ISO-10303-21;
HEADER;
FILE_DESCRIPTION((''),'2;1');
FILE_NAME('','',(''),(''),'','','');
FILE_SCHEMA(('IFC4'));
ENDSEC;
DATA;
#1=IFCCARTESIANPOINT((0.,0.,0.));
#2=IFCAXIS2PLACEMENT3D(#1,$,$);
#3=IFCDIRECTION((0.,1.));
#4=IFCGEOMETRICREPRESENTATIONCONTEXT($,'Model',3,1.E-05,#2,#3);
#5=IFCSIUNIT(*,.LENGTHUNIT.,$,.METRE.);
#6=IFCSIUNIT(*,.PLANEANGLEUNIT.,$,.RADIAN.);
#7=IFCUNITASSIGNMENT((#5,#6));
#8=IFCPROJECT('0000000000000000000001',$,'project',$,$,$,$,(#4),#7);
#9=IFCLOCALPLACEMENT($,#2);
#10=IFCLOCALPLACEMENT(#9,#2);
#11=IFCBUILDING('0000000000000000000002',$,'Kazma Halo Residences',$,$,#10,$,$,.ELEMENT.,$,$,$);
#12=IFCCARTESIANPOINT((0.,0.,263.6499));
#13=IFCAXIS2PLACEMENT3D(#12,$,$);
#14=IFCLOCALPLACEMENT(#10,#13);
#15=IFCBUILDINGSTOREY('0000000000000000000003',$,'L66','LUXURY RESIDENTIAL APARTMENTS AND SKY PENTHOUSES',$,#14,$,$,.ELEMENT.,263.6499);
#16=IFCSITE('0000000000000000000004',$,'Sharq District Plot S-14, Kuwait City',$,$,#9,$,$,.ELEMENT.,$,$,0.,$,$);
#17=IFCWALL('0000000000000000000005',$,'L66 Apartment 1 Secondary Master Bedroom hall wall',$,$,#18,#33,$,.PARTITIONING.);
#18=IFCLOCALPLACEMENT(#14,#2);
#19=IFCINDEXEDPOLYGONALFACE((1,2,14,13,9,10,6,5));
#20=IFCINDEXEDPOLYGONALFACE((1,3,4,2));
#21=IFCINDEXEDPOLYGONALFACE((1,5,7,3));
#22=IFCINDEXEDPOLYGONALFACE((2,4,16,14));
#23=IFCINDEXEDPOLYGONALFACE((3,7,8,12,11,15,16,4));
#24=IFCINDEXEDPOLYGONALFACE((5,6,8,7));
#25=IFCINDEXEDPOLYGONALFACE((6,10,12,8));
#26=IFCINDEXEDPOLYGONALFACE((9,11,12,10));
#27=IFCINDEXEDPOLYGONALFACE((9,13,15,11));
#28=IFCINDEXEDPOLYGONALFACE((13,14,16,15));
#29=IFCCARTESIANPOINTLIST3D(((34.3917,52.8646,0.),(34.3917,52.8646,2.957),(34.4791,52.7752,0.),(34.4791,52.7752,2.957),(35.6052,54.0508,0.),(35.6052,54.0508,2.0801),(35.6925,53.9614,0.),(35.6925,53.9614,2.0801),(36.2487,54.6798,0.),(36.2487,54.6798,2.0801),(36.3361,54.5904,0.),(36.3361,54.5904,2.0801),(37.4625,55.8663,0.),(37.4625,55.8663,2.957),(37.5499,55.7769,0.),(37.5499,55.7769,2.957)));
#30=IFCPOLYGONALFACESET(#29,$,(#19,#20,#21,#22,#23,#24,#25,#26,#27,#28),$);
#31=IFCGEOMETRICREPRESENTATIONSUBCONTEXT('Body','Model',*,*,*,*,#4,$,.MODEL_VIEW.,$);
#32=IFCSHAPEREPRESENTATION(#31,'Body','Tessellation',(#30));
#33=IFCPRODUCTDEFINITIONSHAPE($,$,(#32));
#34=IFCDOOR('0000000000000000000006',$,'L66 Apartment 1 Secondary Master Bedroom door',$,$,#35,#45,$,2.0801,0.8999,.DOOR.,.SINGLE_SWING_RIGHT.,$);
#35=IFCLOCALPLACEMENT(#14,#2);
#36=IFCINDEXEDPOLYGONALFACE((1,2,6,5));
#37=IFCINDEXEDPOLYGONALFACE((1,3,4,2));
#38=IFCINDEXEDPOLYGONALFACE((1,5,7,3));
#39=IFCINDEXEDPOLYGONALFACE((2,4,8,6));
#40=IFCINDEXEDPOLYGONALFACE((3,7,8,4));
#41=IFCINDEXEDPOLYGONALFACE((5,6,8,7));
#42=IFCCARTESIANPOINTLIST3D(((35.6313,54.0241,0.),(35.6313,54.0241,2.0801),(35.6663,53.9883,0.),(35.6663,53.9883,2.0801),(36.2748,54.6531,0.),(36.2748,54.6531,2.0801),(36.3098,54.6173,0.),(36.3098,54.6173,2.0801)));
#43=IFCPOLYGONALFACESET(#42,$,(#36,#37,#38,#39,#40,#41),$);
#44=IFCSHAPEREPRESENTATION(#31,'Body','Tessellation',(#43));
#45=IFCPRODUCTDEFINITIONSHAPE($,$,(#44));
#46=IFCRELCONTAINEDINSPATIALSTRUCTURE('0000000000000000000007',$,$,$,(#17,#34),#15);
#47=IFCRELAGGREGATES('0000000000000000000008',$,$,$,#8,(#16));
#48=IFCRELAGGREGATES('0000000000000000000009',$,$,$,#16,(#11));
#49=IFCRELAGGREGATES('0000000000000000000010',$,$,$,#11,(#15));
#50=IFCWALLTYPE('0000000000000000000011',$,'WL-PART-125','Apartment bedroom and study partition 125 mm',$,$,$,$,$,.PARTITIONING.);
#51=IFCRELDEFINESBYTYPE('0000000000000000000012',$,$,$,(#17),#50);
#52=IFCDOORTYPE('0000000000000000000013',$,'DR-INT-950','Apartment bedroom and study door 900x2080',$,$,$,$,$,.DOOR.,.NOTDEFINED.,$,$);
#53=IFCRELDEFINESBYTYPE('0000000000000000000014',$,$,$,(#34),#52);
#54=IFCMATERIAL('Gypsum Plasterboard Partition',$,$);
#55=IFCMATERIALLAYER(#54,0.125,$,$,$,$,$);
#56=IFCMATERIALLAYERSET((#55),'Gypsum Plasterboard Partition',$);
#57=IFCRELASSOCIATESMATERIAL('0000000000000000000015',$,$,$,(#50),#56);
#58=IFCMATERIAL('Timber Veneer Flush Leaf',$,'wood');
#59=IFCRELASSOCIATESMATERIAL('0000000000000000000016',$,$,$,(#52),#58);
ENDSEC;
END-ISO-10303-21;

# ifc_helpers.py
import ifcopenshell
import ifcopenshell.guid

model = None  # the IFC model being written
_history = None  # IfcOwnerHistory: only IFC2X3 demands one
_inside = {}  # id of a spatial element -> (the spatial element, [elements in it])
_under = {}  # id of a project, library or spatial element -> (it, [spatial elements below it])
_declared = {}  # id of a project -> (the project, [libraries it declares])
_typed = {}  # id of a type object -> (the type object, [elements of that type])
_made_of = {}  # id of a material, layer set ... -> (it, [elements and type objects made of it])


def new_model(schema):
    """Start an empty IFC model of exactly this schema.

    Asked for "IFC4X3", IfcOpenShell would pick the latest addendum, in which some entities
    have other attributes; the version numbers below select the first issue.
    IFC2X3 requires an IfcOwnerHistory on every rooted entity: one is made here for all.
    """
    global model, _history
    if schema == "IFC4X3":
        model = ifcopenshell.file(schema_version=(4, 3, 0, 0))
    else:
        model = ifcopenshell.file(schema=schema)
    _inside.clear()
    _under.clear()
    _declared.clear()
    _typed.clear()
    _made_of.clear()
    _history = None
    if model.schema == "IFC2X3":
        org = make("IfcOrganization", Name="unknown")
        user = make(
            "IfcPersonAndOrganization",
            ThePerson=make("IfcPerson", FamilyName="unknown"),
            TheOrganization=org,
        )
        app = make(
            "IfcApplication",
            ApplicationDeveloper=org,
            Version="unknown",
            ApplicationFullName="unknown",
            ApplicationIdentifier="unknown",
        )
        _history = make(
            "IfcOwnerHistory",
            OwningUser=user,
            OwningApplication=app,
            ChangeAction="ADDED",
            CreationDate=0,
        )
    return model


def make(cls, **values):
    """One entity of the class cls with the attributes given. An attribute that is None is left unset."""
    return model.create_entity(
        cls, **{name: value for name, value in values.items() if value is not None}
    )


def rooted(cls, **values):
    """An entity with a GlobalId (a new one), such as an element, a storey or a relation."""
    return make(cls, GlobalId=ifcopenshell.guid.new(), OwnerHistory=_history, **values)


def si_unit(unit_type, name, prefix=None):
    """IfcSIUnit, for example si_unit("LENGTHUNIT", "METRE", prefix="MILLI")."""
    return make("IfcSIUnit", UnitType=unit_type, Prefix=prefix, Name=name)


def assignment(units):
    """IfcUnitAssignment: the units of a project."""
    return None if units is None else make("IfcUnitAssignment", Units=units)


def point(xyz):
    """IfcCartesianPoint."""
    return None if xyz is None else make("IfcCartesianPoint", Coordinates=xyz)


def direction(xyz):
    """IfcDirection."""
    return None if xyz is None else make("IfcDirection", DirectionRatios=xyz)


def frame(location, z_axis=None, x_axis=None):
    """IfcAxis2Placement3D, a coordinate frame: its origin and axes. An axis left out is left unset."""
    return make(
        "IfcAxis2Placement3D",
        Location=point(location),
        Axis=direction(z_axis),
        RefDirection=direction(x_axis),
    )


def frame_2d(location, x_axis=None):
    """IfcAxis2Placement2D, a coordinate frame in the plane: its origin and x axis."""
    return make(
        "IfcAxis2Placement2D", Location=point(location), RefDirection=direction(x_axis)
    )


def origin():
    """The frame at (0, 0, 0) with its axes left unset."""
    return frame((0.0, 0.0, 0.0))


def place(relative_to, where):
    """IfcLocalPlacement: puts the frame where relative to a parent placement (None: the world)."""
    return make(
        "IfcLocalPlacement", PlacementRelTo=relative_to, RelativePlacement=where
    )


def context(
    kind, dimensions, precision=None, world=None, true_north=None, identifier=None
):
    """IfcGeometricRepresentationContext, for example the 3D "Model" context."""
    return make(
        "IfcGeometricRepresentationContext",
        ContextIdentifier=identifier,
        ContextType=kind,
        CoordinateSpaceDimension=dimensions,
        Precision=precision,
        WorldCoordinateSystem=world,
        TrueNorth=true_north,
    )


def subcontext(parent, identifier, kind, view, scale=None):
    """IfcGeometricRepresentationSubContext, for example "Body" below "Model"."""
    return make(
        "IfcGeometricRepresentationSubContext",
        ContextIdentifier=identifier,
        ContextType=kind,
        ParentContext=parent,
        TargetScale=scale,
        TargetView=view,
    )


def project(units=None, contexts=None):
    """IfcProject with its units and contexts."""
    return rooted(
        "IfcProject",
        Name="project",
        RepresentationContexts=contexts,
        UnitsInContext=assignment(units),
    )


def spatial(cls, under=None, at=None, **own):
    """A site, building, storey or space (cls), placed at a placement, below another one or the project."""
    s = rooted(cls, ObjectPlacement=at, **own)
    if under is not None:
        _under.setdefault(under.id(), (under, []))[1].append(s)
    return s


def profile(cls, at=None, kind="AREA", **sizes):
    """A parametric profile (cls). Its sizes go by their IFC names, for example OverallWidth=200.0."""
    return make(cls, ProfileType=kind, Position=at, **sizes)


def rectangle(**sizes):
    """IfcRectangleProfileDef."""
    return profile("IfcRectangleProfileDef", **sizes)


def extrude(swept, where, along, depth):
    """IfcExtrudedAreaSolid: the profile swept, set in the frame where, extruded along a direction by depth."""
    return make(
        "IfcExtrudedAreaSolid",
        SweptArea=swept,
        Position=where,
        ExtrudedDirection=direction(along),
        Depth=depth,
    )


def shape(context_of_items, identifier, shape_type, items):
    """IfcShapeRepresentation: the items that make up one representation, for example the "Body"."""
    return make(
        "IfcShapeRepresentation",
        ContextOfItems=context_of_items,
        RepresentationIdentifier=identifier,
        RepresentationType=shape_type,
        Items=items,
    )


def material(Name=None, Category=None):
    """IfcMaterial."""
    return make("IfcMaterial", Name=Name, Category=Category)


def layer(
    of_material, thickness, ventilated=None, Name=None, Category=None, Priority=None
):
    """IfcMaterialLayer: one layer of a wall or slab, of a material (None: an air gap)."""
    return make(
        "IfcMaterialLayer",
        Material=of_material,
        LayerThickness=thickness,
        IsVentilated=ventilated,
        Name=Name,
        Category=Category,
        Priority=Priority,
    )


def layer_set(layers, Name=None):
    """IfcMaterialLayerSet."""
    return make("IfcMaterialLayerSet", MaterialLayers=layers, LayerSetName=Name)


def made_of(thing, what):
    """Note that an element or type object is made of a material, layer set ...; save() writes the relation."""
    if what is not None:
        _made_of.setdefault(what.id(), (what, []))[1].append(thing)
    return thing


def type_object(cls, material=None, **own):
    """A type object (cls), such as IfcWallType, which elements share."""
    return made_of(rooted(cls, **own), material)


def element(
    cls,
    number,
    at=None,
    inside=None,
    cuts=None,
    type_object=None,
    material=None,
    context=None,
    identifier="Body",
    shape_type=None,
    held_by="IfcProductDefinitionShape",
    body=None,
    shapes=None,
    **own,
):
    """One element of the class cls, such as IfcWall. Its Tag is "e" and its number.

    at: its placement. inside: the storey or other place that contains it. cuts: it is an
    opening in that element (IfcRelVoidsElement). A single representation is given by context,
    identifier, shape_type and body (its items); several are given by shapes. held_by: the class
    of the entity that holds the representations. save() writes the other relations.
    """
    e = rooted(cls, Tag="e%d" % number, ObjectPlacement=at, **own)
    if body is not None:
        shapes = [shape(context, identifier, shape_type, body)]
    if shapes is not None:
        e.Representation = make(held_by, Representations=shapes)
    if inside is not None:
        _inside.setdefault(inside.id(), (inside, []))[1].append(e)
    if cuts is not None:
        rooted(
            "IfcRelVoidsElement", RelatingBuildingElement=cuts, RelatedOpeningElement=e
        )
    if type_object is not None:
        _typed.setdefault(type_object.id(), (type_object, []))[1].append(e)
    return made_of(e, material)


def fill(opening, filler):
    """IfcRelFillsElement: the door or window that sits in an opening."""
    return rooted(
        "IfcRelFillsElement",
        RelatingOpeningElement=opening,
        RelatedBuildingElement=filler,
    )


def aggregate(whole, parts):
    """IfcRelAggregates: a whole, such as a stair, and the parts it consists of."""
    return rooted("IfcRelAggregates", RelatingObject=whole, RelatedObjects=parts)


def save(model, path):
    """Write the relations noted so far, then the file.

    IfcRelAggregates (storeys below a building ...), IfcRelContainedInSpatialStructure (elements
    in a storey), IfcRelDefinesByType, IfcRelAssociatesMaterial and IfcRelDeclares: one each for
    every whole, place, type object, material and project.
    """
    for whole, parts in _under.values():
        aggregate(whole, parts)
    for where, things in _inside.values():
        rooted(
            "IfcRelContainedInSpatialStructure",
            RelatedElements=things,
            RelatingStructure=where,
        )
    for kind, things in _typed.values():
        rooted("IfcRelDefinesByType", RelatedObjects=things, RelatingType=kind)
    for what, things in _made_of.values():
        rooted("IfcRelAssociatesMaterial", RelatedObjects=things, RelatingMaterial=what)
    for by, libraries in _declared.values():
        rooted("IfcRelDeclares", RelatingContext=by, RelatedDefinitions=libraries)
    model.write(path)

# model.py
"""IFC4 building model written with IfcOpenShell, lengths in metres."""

from ifc_helpers import new_model, si_unit, direction, frame, frame_2d, origin, place, context, subcontext, project, spatial, rectangle, extrude, material, layer, layer_set, type_object, element, fill, save


model = new_model("IFC4")

# Units and contexts
model_context = context("Model", 3, precision=1e-05, world=origin(), true_north=direction((0.0, 1.0)))
body_context = subcontext(model_context, "Body", "Model", "MODEL_VIEW")
ifc_project = project(units=[si_unit("LENGTHUNIT", "METRE"), si_unit("PLANEANGLEUNIT", "RADIAN")], contexts=[model_context])

# Site, building, storey
site_placement = place(None, origin())
site = spatial("IfcSite", under=ifc_project, at=site_placement, Name="Sharq District Plot S-14, Kuwait City", CompositionType="ELEMENT", RefElevation=0.0)
building_placement = place(site_placement, origin())
building = spatial("IfcBuilding", under=site, at=building_placement, Name="Kazma Halo Residences", CompositionType="ELEMENT")
storey_placement = place(building_placement, frame((0.0, 0.0, 263.6499)))
storey = spatial("IfcBuildingStorey", under=building, at=storey_placement, Name="L66", Description="LUXURY RESIDENTIAL APARTMENTS AND SKY PENTHOUSES", CompositionType="ELEMENT", Elevation=263.6499)

# Shared definitions
ifc_material_1 = material(Name="Gypsum Plasterboard Partition")
ifc_layer_1 = layer(ifc_material_1, 0.125)
ifc_layer_set_1 = layer_set([ifc_layer_1], Name="Gypsum Plasterboard Partition")
wall_type_1 = type_object("IfcWallType", Name="WL-PART-125", Description="Apartment bedroom and study partition 125 mm", PredefinedType="PARTITIONING", material=ifc_layer_set_1)

# Wall, opening, door
wall_1_placement = place(storey_placement, frame((37.5061, 55.8215, 0.0), z_axis=(0.0, 0.0, 1.0), x_axis=(-0.715106, -0.699016, 0.0)))
wall_1 = element("IfcWall", 1, at=wall_1_placement, inside=storey, type_object=wall_type_1, Name="L66 Apartment 1 Secondary Master Bedroom hall wall", PredefinedType="PARTITIONING", context=body_context, shape_type="SweptSolid", body=[
    extrude(rectangle(XDim=4.2942, YDim=0.125, at=frame_2d((2.147, 0.0))), origin(), (0.0, 0.0, 1.0), 2.957),
])
opening_1_placement = place(wall_1_placement, frame((1.6973, 0.0, 0.0)))
opening_1 = element("IfcOpeningElement", 2, at=opening_1_placement, cuts=wall_1, PredefinedType="OPENING", context=body_context, shape_type="SweptSolid", body=[
    extrude(rectangle(XDim=0.8999, YDim=2.0801, at=frame_2d((0.45, 1.04))), frame((0.0, 0.0725, 0.0), z_axis=(0.0, -1.0, 0.0), x_axis=(1.0, 0.0, 0.0)), (0.0, 0.0, 1.0), 0.145),
])
ifc_material_2 = material(Name="Timber Veneer Flush Leaf", Category="wood")
door_type_1 = type_object("IfcDoorType", Name="DR-INT-950", Description="Apartment bedroom and study door 900x2080", OperationType="NOTDEFINED", PredefinedType="DOOR", material=ifc_material_2)
door_1_placement = place(opening_1_placement, origin())
door_1 = element("IfcDoor", 3, at=door_1_placement, inside=storey, type_object=door_type_1, Name="L66 Apartment 1 Secondary Master Bedroom door", OperationType="SINGLE_SWING_RIGHT", OverallHeight=2.0801, OverallWidth=0.8999, PredefinedType="DOOR", context=body_context, shape_type="SweptSolid", body=[
    extrude(rectangle(XDim=0.8999, YDim=2.0801, at=frame_2d((0.45, 1.04))), frame((0.0, 0.0249, 0.0), z_axis=(0.0, -1.0, 0.0), x_axis=(1.0, 0.0, 0.0)), (0.0, 0.0, 1.0), 0.05),
])
fill(opening_1, door_1)

save(model, "model.ifc")
